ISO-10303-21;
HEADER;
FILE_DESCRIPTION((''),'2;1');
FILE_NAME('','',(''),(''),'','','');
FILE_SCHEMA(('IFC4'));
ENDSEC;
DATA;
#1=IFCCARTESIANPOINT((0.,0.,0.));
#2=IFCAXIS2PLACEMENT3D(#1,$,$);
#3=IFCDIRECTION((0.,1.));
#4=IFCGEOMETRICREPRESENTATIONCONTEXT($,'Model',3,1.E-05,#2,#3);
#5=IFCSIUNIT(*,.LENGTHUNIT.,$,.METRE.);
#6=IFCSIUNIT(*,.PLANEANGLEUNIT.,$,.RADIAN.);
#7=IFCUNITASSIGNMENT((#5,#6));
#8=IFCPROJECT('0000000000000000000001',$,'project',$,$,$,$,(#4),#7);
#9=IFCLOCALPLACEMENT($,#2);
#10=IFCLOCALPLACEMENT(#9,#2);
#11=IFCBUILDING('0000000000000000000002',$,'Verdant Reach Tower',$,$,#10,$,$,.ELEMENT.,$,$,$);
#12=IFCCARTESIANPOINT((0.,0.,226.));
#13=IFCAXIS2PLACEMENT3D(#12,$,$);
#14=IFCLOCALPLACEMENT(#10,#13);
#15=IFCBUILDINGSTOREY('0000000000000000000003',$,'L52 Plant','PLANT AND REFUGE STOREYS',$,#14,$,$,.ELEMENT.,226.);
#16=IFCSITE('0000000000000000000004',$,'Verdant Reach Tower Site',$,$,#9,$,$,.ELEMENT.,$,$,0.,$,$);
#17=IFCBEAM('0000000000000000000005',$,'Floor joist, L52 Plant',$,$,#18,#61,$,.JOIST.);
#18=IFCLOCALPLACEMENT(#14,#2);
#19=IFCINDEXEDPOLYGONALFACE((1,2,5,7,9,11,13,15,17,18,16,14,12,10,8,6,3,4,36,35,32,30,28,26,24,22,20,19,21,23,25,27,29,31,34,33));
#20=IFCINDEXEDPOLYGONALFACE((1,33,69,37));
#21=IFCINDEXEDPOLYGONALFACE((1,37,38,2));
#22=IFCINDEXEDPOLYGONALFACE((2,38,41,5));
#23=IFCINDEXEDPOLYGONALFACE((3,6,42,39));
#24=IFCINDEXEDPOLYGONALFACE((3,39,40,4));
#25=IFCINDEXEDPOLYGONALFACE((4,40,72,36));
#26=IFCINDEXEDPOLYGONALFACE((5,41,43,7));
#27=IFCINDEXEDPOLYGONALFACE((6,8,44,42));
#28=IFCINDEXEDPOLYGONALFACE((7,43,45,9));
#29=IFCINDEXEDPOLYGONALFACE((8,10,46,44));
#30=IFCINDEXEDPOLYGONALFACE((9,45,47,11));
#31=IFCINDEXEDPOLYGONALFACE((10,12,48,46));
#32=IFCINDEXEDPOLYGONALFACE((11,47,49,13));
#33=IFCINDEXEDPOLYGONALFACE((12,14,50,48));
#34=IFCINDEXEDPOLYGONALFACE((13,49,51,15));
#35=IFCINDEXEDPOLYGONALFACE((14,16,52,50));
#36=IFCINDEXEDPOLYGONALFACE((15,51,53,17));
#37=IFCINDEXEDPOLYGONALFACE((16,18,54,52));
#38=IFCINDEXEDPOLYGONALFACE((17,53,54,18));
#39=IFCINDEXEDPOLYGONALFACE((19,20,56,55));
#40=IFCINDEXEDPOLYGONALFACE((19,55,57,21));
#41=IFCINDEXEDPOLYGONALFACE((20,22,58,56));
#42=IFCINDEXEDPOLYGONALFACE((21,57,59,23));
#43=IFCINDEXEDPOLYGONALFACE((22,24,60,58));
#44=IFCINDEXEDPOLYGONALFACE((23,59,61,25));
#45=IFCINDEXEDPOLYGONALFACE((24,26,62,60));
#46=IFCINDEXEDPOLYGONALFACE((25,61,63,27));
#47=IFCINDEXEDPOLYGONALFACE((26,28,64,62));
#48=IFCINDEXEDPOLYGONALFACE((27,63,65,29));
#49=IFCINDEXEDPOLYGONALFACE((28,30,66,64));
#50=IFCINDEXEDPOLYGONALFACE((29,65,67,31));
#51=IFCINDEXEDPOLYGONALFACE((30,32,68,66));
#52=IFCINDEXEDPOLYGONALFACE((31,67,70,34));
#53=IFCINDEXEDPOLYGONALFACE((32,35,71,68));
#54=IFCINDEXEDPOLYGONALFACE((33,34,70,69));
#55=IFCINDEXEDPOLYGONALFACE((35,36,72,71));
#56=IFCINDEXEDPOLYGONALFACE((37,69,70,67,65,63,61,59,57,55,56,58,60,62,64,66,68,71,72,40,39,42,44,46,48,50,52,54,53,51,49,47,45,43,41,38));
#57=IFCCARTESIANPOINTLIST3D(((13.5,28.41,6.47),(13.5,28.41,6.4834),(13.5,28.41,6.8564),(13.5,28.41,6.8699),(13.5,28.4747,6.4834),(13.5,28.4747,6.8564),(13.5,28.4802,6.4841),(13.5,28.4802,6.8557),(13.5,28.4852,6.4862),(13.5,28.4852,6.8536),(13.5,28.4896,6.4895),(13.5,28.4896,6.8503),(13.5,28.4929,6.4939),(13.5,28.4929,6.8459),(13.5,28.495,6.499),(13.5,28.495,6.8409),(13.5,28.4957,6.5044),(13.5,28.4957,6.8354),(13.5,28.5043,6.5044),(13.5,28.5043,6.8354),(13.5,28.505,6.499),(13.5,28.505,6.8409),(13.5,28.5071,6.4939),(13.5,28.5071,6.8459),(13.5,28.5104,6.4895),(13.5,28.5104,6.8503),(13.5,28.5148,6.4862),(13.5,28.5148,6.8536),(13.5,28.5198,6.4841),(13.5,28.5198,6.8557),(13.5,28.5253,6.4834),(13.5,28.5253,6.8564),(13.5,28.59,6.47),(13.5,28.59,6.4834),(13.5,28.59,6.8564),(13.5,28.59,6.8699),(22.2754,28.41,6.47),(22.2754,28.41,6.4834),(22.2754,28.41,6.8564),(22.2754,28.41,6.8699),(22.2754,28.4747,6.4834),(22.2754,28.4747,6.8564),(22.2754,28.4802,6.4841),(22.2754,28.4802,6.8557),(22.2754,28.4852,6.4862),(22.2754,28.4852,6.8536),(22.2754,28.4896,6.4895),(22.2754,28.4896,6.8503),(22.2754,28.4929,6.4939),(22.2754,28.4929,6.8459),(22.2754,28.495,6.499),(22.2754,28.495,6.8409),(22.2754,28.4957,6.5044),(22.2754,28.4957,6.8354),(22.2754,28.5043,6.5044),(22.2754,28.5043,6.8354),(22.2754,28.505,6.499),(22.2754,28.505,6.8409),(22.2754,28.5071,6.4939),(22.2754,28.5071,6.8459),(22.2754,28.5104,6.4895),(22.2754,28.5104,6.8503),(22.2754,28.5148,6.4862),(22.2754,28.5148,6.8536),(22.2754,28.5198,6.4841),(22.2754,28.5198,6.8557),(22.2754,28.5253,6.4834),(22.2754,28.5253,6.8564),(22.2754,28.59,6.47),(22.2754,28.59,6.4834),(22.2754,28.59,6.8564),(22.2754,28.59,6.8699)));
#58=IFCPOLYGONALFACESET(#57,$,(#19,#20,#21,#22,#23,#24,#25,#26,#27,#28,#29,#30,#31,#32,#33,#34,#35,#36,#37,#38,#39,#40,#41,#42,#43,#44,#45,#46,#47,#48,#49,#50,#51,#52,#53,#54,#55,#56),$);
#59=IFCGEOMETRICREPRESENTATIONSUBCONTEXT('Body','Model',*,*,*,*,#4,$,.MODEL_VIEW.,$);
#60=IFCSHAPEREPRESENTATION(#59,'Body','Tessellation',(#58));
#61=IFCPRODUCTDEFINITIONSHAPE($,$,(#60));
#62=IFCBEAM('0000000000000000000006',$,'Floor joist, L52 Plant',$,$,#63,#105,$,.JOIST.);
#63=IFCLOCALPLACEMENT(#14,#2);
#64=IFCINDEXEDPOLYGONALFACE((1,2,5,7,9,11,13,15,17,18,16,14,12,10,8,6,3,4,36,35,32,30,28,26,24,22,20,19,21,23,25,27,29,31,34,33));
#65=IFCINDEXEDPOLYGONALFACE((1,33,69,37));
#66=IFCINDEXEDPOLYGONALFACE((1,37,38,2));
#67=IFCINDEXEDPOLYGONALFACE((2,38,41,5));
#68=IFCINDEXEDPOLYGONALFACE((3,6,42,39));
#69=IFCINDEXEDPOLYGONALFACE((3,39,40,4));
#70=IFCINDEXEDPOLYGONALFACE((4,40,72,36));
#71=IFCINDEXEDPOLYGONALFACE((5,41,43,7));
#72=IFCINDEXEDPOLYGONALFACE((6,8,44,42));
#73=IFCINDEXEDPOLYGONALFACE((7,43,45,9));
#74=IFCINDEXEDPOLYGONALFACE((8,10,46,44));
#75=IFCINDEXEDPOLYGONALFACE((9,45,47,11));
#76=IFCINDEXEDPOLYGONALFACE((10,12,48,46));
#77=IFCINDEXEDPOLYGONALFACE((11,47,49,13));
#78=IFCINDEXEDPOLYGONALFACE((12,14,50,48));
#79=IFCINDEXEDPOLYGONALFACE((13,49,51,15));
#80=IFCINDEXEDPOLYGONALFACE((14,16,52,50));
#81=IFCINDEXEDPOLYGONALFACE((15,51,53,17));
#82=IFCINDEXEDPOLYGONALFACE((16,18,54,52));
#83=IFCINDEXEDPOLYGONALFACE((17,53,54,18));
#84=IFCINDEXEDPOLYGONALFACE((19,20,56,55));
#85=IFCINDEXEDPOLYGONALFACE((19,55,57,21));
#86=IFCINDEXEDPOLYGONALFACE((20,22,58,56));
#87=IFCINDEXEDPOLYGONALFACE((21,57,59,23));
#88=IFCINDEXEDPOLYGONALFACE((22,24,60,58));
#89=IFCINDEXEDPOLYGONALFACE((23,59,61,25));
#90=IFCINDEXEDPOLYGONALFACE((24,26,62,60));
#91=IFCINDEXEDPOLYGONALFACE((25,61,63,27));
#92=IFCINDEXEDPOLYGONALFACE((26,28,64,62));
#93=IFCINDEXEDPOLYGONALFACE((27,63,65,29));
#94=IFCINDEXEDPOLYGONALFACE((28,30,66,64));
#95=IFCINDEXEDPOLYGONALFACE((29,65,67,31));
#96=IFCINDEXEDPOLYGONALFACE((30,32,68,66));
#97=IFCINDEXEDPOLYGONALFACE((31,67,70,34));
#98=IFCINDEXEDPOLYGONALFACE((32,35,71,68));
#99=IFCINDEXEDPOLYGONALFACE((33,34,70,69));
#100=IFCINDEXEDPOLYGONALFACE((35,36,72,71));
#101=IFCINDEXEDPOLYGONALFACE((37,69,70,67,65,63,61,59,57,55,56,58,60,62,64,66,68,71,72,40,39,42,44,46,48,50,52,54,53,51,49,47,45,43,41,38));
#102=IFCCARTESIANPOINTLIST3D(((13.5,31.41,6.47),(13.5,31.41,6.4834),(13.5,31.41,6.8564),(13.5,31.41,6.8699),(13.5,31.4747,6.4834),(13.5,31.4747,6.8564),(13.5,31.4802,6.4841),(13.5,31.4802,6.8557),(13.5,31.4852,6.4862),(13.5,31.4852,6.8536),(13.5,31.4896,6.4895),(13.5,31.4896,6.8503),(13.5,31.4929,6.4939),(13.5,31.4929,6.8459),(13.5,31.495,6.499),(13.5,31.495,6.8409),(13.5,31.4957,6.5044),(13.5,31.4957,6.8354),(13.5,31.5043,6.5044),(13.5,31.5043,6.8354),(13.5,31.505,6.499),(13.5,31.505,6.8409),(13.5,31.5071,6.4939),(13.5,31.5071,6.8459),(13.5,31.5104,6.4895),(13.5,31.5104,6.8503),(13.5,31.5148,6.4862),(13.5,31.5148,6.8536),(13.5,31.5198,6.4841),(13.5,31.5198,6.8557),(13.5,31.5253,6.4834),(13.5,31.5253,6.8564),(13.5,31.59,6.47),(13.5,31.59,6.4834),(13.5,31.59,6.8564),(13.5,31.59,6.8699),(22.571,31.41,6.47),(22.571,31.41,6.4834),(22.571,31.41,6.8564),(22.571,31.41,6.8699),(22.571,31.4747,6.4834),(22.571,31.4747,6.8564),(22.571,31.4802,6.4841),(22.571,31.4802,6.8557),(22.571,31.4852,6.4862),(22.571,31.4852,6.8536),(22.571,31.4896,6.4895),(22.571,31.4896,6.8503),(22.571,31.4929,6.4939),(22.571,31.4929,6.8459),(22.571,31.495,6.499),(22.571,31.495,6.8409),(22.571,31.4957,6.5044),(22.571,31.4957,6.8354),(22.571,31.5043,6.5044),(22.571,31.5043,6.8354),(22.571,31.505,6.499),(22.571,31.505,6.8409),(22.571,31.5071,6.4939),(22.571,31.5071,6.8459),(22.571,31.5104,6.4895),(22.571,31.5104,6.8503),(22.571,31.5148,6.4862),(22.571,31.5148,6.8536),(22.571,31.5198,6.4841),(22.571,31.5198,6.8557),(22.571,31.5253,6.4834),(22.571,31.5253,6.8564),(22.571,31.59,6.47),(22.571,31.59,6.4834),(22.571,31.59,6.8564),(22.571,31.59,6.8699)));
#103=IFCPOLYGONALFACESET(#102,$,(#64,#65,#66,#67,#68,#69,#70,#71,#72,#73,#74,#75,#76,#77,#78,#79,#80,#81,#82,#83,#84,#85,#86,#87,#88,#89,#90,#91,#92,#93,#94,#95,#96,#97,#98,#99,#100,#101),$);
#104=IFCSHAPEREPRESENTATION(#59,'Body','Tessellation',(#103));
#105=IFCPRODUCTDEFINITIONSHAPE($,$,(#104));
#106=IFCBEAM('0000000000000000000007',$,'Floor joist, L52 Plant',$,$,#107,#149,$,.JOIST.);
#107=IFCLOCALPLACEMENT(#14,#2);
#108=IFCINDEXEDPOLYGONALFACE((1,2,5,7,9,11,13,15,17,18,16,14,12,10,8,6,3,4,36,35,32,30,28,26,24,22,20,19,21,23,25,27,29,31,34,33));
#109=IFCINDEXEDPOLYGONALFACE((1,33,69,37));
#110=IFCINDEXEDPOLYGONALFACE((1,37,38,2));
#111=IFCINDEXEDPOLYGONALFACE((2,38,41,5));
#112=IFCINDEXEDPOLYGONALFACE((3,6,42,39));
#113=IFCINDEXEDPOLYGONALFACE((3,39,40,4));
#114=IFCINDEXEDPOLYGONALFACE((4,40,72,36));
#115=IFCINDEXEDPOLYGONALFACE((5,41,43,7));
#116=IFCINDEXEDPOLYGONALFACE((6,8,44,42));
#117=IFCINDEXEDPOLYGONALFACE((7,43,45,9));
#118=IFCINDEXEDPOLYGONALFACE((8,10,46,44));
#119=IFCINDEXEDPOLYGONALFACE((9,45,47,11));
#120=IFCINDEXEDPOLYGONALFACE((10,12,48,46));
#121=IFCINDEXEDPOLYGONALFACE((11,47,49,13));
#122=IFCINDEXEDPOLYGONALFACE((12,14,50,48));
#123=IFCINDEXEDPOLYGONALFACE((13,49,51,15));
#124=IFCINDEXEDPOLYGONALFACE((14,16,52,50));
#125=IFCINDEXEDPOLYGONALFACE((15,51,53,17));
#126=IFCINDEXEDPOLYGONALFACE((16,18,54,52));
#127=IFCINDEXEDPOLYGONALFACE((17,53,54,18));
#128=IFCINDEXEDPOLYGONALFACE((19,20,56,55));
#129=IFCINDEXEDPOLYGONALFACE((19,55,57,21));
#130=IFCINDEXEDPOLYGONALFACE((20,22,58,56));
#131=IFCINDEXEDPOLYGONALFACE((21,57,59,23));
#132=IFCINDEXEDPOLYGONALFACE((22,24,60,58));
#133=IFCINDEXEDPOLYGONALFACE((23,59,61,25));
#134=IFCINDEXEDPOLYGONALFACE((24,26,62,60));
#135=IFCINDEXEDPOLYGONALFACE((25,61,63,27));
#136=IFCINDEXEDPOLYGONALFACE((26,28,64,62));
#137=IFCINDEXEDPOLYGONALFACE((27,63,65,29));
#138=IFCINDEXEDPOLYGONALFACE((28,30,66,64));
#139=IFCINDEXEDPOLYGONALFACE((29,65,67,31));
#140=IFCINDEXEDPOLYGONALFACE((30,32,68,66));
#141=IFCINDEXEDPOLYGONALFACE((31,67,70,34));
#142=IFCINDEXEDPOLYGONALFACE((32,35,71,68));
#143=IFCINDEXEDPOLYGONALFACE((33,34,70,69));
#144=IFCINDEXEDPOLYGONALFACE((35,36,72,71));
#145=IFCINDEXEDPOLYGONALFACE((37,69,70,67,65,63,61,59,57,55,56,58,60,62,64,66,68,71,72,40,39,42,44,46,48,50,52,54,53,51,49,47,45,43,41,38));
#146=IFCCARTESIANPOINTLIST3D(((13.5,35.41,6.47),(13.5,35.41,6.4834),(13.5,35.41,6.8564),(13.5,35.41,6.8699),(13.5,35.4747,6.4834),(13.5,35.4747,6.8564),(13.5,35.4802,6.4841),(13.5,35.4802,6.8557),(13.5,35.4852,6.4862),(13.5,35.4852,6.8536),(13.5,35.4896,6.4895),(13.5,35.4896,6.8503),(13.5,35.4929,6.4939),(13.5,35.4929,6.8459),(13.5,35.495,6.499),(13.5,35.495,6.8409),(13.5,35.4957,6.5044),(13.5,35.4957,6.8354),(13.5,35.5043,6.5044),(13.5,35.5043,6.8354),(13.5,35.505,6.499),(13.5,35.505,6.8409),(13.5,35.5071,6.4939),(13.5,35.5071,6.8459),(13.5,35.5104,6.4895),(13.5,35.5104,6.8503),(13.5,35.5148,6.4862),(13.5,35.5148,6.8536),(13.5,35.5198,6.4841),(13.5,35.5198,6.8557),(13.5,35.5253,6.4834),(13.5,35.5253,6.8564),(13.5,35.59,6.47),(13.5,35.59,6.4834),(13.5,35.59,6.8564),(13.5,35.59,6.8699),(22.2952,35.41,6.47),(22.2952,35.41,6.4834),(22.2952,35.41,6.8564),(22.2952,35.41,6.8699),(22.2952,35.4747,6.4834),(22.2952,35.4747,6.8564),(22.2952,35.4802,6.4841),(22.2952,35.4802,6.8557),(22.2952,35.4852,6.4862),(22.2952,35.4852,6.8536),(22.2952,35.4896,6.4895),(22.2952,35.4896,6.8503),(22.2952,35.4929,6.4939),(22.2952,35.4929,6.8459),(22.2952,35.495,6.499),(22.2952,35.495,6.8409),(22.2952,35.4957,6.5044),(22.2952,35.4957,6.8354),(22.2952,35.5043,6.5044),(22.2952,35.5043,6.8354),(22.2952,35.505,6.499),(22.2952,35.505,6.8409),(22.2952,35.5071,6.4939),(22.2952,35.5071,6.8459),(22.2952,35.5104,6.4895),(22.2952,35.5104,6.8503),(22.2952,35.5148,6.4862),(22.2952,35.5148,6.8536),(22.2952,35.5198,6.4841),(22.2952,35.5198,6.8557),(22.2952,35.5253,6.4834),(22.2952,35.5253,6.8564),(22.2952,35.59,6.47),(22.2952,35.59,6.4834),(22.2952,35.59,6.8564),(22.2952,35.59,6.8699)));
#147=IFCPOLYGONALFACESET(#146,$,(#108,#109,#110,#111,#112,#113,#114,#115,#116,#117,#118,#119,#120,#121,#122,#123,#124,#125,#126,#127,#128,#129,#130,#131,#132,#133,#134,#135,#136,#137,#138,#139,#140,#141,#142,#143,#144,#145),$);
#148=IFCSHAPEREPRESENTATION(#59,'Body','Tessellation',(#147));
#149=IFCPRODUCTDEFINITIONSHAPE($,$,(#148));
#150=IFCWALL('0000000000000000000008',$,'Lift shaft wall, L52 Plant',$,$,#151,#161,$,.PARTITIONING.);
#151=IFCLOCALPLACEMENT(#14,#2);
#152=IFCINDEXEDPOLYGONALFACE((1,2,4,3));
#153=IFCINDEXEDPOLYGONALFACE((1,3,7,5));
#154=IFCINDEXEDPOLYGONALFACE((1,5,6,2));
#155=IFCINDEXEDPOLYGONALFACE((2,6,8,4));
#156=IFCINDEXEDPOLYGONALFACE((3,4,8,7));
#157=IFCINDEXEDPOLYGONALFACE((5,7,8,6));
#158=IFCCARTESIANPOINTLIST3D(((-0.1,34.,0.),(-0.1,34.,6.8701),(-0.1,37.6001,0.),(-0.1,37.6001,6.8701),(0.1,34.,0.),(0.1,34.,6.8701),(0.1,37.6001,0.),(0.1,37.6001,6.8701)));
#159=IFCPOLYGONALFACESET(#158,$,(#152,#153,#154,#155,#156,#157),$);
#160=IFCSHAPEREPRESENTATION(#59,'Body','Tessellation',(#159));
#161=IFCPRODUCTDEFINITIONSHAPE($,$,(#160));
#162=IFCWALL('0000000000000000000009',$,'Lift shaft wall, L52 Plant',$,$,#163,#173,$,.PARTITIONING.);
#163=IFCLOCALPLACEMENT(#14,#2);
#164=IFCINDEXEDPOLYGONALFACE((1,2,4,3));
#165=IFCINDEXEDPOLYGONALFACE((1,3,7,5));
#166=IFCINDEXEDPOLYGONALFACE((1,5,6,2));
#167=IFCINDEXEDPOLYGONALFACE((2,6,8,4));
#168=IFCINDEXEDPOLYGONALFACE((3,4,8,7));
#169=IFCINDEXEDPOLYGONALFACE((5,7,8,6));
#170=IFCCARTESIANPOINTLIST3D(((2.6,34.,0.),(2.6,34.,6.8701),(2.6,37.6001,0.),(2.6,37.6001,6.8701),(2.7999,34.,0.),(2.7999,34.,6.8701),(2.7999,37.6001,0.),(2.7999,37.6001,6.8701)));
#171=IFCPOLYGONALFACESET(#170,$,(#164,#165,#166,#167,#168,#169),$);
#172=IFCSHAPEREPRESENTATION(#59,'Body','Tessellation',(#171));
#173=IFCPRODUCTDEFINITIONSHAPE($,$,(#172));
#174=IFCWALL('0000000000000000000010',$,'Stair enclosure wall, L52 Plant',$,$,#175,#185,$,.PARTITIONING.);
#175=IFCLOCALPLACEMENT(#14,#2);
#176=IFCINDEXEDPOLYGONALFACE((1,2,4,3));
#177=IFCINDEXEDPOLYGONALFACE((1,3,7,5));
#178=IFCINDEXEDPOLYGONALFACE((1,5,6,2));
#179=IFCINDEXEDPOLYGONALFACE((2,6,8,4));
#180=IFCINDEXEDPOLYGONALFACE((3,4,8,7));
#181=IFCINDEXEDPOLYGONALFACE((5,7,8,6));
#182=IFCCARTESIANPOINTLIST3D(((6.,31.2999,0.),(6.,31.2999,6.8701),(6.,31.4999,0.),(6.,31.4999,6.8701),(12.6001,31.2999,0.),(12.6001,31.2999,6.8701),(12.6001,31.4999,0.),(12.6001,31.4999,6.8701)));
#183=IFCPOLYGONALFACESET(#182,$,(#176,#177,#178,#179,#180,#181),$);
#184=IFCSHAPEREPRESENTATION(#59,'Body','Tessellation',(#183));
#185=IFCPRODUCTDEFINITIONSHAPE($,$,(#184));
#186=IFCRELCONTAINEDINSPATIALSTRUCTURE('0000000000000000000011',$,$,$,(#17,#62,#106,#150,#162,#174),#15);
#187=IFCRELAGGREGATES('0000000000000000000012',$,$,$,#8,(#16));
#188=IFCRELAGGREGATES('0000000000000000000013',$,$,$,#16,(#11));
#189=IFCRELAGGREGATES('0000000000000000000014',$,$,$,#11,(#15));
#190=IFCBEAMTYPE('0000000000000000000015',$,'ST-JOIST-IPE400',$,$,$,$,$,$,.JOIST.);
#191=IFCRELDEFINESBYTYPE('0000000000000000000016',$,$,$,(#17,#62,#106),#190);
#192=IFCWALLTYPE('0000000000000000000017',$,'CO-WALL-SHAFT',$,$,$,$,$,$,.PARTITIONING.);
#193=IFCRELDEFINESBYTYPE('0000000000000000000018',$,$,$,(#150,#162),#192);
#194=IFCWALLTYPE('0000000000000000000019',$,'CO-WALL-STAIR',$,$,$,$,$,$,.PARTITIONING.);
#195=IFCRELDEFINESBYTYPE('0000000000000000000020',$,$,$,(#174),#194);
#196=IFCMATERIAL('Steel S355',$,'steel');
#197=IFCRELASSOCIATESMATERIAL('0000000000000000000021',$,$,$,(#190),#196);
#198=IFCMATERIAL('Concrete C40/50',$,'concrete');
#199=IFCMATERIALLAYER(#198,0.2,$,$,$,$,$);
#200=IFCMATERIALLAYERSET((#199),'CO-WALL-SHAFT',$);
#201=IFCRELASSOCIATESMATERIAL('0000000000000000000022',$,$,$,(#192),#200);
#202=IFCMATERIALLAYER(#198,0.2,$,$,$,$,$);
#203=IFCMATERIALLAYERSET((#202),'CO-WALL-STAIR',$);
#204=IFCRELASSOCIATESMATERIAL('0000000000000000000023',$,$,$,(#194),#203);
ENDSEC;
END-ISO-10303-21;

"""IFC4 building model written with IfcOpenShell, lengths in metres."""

from ifc_helpers import new_model, si_unit, direction, frame, frame_2d, origin, origin_2d, place, context, subcontext, project, spatial, rectangle, i_section, extrude, material, layer, layer_set, material_profile, profile_set, type_object, element, save


model = new_model("IFC4")

# Units and contexts
model_context = context("Model", 3, precision=1e-05, world=origin(), true_north=direction((0.0, 1.0)))
body_context = subcontext(model_context, "Body", "Model", "MODEL_VIEW")
ifc_project = project(units=[si_unit("LENGTHUNIT", "METRE"), si_unit("PLANEANGLEUNIT", "RADIAN")], contexts=[model_context])

# Site, building, storey
site_placement = place(None, origin())
site = spatial("IfcSite", under=ifc_project, at=site_placement, Name="Verdant Reach Tower Site", CompositionType="ELEMENT", RefElevation=0.0)
building_placement = place(site_placement, origin())
building = spatial("IfcBuilding", under=site, at=building_placement, Name="Verdant Reach Tower", CompositionType="ELEMENT")
storey_placement = place(building_placement, frame((0.0, 0.0, 226.0)))
storey = spatial("IfcBuildingStorey", under=building, at=storey_placement, Name="L52 Plant", Description="PLANT AND REFUGE STOREYS", CompositionType="ELEMENT", Elevation=226.0)

# Beams
ifc_material_1 = material(Name="Steel S355", Category="steel")
ifc_material_profile = material_profile(ifc_material_1, i_section(OverallWidth=0.1799, OverallDepth=0.3999, WebThickness=0.0085, FlangeThickness=0.0134, FilletRadius=0.021, at=origin_2d()), Name="IPE 400")
ifc_profile_set = profile_set([ifc_material_profile], Name="Steel S355")
beam_type = type_object("IfcBeamType", Name="ST-JOIST-IPE400", PredefinedType="JOIST", material=ifc_profile_set)
beam_1_placement = place(storey_placement, frame((13.5, 28.5, 6.6699), z_axis=(1.0, 0.0, 0.0), x_axis=(0.0, 1.0, 0.0)))
element("IfcBeam", 1, at=beam_1_placement, inside=storey, type_object=beam_type, Name="Floor joist, L52 Plant", PredefinedType="JOIST", context=body_context, shape_type="SweptSolid", body=[
    extrude(i_section(OverallWidth=0.1799, OverallDepth=0.3999, WebThickness=0.0085, FlangeThickness=0.0134, FilletRadius=0.021, at=origin_2d()), origin(), (0.0, 0.0, 1.0), 8.7754),
])
beam_2_placement = place(storey_placement, frame((13.5, 31.5, 6.6699), z_axis=(1.0, 0.0, 0.0), x_axis=(0.0, 1.0, 0.0)))
element("IfcBeam", 2, at=beam_2_placement, inside=storey, type_object=beam_type, Name="Floor joist, L52 Plant", PredefinedType="JOIST", context=body_context, shape_type="SweptSolid", body=[
    extrude(i_section(OverallWidth=0.1799, OverallDepth=0.3999, WebThickness=0.0085, FlangeThickness=0.0134, FilletRadius=0.021, at=origin_2d()), origin(), (0.0, 0.0, 1.0), 9.071),
])
beam_3_placement = place(storey_placement, frame((13.5, 35.5, 6.6699), z_axis=(1.0, 0.0, 0.0), x_axis=(0.0, 1.0, 0.0)))
element("IfcBeam", 3, at=beam_3_placement, inside=storey, type_object=beam_type, Name="Floor joist, L52 Plant", PredefinedType="JOIST", context=body_context, shape_type="SweptSolid", body=[
    extrude(i_section(OverallWidth=0.1799, OverallDepth=0.3999, WebThickness=0.0085, FlangeThickness=0.0134, FilletRadius=0.021, at=origin_2d()), origin(), (0.0, 0.0, 1.0), 8.7952),
])

# Walls
ifc_material_2 = material(Name="Concrete C40/50", Category="concrete")
ifc_layer_1 = layer(ifc_material_2, 0.2)
ifc_layer_set_1 = layer_set([ifc_layer_1], Name="CO-WALL-SHAFT")
wall_type_1 = type_object("IfcWallType", Name="CO-WALL-SHAFT", PredefinedType="PARTITIONING", material=ifc_layer_set_1)
for number, where, z_axis, x_axis, name in (
    (4, (0.0, 34.0, 0.0), (0.0, 0.0, 1.0), (0.0, 1.0, 0.0), "Lift shaft wall, L52 Plant"),
    (5, (2.7, 34.0, 0.0), (0.0, 0.0, 1.0), (0.0, 1.0, 0.0), "Lift shaft wall, L52 Plant"),
):
    element("IfcWall", number, at=place(storey_placement, frame(where, z_axis=z_axis, x_axis=x_axis)), inside=storey, type_object=wall_type_1, Name=name, PredefinedType="PARTITIONING", context=body_context, shape_type="SweptSolid", body=[
        extrude(rectangle(XDim=3.6001, YDim=0.2, at=frame_2d((1.8, 0.0))), origin(), (0.0, 0.0, 1.0), 6.8701),
    ])
ifc_layer_2 = layer(ifc_material_2, 0.2)
ifc_layer_set_2 = layer_set([ifc_layer_2], Name="CO-WALL-STAIR")
wall_type_2 = type_object("IfcWallType", Name="CO-WALL-STAIR", PredefinedType="PARTITIONING", material=ifc_layer_set_2)
wall_1_placement = place(storey_placement, frame((6.0, 31.3999, 0.0), z_axis=(0.0, 0.0, 1.0), x_axis=(1.0, 0.0, 0.0)))
element("IfcWall", 6, at=wall_1_placement, inside=storey, type_object=wall_type_2, Name="Stair enclosure wall, L52 Plant", PredefinedType="PARTITIONING", context=body_context, shape_type="SweptSolid", body=[
    extrude(rectangle(XDim=6.6001, YDim=0.2, at=frame_2d((3.3, 0.0))), origin(), (0.0, 0.0, 1.0), 6.8701),
])

save(model, "model.ifc")
